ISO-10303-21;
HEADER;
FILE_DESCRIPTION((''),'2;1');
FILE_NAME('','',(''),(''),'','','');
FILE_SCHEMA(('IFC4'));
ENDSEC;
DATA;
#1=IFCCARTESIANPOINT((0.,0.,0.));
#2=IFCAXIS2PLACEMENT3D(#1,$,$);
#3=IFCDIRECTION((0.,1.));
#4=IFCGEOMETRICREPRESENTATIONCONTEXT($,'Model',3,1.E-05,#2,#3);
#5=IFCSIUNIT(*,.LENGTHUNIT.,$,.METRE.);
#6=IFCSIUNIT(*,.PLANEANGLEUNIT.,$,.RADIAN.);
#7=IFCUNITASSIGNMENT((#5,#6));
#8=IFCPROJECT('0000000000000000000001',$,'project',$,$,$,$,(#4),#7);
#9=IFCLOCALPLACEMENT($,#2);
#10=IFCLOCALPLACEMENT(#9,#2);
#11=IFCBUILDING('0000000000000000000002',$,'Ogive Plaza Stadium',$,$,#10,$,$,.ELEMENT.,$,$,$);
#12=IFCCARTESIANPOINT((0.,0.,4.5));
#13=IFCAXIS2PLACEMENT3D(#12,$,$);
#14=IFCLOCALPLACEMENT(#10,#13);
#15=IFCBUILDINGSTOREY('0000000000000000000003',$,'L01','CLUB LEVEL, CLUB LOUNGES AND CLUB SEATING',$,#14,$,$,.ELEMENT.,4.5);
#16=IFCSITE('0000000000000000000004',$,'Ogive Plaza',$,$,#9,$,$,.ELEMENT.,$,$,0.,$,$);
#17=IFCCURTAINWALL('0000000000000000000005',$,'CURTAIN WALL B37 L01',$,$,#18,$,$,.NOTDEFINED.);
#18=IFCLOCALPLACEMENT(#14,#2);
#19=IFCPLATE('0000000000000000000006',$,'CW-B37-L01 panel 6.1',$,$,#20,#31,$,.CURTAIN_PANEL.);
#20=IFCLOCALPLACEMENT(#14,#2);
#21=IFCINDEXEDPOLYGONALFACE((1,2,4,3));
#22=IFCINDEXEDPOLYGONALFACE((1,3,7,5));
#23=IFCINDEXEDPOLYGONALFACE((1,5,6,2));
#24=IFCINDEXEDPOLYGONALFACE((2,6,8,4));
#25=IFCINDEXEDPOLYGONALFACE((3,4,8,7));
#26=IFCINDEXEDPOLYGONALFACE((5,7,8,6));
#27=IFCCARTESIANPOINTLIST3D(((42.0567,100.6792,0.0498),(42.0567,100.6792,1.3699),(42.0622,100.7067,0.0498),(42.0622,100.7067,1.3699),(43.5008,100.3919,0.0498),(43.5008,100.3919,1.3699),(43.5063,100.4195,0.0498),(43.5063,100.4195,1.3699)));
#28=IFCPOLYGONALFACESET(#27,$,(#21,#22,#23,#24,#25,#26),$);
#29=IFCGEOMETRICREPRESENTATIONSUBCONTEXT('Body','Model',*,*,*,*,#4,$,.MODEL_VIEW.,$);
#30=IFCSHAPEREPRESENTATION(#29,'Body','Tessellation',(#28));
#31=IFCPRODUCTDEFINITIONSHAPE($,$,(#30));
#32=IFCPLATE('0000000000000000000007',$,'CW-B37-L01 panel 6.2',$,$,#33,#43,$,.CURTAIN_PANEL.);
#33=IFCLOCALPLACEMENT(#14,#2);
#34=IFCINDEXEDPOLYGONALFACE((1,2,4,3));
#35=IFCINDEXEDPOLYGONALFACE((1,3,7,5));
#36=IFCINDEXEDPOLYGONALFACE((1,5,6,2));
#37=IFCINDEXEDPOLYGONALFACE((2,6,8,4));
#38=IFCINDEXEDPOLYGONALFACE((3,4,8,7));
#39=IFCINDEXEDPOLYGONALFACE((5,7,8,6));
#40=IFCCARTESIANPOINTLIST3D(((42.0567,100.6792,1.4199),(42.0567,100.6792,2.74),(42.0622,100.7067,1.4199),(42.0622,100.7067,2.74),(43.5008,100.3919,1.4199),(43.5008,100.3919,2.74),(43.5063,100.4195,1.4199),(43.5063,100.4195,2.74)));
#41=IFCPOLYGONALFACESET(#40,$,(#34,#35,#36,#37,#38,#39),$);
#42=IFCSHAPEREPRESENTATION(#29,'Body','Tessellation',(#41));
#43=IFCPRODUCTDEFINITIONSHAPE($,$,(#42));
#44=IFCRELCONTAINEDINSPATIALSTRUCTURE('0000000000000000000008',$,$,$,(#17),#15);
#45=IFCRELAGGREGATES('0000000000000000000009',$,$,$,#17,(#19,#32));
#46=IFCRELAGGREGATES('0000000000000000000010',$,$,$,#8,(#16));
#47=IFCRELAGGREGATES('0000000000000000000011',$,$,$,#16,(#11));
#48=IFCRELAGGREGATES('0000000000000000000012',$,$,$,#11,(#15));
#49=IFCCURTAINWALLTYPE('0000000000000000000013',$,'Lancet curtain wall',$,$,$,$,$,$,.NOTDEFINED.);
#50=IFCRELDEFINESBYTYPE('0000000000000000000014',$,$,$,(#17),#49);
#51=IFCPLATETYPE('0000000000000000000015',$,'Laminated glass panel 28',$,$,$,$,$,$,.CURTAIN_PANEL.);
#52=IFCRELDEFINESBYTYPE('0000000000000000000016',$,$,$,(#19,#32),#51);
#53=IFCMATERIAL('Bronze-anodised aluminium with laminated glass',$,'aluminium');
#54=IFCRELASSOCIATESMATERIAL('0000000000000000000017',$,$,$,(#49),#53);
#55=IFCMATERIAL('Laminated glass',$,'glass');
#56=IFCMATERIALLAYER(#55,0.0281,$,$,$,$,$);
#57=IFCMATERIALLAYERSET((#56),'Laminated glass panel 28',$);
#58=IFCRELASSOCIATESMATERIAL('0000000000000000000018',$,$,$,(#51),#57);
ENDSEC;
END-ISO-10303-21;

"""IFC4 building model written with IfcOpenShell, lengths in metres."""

from ifc_helpers import new_model, si_unit, direction, frame, origin, origin_2d, place, context, subcontext, project, spatial, rectangle, extrude, material, layer, layer_set, type_object, element, aggregate, save


model = new_model("IFC4")

# Units and contexts
model_context = context("Model", 3, precision=1e-05, world=origin(), true_north=direction((0.0, 1.0)))
body_context = subcontext(model_context, "Body", "Model", "MODEL_VIEW")
ifc_project = project(units=[si_unit("LENGTHUNIT", "METRE"), si_unit("PLANEANGLEUNIT", "RADIAN")], contexts=[model_context])

# Site, building, storey
site_placement = place(None, origin())
site = spatial("IfcSite", under=ifc_project, at=site_placement, Name="Ogive Plaza", CompositionType="ELEMENT", RefElevation=0.0)
building_placement = place(site_placement, origin())
building = spatial("IfcBuilding", under=site, at=building_placement, Name="Ogive Plaza Stadium", CompositionType="ELEMENT")
storey_placement = place(building_placement, frame((0.0, 0.0, 4.5)))
storey = spatial("IfcBuildingStorey", under=building, at=storey_placement, Name="L01", Description="CLUB LEVEL, CLUB LOUNGES AND CLUB SEATING", CompositionType="ELEMENT", Elevation=4.5)

# Curtain wall, plates
ifc_material_1 = material(Name="Bronze-anodised aluminium with laminated glass", Category="aluminium")
curtain_wall_type = type_object("IfcCurtainWallType", Name="Lancet curtain wall", PredefinedType="NOTDEFINED", material=ifc_material_1)
curtain_wall_placement = place(storey_placement, origin())
curtain_wall = element("IfcCurtainWall", 1, at=curtain_wall_placement, inside=storey, type_object=curtain_wall_type, Name="CURTAIN WALL B37 L01", PredefinedType="NOTDEFINED")
ifc_material_2 = material(Name="Laminated glass", Category="glass")
ifc_layer = layer(ifc_material_2, 0.0281)
ifc_layer_set = layer_set([ifc_layer], Name="Laminated glass panel 28")
plate_type = type_object("IfcPlateType", Name="Laminated glass panel 28", PredefinedType="CURTAIN_PANEL", material=ifc_layer_set)
plate_1_placement = place(storey_placement, frame((42.7815, 100.5493, 0.0498), z_axis=(0.0, 0.0, 1.0), x_axis=(0.980785, -0.19509, 0.0)))
plate_1 = element("IfcPlate", 2, at=plate_1_placement, type_object=plate_type, Name="CW-B37-L01 panel 6.1", PredefinedType="CURTAIN_PANEL", context=body_context, shape_type="SweptSolid", body=[
    extrude(rectangle(XDim=1.4724, YDim=0.0281, at=origin_2d()), origin(), (0.0, 0.0, 1.0), 1.3201),
])
plate_2_placement = place(storey_placement, frame((42.7815, 100.5493, 1.4199), z_axis=(0.0, 0.0, 1.0), x_axis=(0.980785, -0.19509, 0.0)))
plate_2 = element("IfcPlate", 3, at=plate_2_placement, type_object=plate_type, Name="CW-B37-L01 panel 6.2", PredefinedType="CURTAIN_PANEL", context=body_context, shape_type="SweptSolid", body=[
    extrude(rectangle(XDim=1.4724, YDim=0.0281, at=origin_2d()), origin(), (0.0, 0.0, 1.0), 1.3201),
])
aggregate(curtain_wall, [plate_1, plate_2])

save(model, "model.ifc")
